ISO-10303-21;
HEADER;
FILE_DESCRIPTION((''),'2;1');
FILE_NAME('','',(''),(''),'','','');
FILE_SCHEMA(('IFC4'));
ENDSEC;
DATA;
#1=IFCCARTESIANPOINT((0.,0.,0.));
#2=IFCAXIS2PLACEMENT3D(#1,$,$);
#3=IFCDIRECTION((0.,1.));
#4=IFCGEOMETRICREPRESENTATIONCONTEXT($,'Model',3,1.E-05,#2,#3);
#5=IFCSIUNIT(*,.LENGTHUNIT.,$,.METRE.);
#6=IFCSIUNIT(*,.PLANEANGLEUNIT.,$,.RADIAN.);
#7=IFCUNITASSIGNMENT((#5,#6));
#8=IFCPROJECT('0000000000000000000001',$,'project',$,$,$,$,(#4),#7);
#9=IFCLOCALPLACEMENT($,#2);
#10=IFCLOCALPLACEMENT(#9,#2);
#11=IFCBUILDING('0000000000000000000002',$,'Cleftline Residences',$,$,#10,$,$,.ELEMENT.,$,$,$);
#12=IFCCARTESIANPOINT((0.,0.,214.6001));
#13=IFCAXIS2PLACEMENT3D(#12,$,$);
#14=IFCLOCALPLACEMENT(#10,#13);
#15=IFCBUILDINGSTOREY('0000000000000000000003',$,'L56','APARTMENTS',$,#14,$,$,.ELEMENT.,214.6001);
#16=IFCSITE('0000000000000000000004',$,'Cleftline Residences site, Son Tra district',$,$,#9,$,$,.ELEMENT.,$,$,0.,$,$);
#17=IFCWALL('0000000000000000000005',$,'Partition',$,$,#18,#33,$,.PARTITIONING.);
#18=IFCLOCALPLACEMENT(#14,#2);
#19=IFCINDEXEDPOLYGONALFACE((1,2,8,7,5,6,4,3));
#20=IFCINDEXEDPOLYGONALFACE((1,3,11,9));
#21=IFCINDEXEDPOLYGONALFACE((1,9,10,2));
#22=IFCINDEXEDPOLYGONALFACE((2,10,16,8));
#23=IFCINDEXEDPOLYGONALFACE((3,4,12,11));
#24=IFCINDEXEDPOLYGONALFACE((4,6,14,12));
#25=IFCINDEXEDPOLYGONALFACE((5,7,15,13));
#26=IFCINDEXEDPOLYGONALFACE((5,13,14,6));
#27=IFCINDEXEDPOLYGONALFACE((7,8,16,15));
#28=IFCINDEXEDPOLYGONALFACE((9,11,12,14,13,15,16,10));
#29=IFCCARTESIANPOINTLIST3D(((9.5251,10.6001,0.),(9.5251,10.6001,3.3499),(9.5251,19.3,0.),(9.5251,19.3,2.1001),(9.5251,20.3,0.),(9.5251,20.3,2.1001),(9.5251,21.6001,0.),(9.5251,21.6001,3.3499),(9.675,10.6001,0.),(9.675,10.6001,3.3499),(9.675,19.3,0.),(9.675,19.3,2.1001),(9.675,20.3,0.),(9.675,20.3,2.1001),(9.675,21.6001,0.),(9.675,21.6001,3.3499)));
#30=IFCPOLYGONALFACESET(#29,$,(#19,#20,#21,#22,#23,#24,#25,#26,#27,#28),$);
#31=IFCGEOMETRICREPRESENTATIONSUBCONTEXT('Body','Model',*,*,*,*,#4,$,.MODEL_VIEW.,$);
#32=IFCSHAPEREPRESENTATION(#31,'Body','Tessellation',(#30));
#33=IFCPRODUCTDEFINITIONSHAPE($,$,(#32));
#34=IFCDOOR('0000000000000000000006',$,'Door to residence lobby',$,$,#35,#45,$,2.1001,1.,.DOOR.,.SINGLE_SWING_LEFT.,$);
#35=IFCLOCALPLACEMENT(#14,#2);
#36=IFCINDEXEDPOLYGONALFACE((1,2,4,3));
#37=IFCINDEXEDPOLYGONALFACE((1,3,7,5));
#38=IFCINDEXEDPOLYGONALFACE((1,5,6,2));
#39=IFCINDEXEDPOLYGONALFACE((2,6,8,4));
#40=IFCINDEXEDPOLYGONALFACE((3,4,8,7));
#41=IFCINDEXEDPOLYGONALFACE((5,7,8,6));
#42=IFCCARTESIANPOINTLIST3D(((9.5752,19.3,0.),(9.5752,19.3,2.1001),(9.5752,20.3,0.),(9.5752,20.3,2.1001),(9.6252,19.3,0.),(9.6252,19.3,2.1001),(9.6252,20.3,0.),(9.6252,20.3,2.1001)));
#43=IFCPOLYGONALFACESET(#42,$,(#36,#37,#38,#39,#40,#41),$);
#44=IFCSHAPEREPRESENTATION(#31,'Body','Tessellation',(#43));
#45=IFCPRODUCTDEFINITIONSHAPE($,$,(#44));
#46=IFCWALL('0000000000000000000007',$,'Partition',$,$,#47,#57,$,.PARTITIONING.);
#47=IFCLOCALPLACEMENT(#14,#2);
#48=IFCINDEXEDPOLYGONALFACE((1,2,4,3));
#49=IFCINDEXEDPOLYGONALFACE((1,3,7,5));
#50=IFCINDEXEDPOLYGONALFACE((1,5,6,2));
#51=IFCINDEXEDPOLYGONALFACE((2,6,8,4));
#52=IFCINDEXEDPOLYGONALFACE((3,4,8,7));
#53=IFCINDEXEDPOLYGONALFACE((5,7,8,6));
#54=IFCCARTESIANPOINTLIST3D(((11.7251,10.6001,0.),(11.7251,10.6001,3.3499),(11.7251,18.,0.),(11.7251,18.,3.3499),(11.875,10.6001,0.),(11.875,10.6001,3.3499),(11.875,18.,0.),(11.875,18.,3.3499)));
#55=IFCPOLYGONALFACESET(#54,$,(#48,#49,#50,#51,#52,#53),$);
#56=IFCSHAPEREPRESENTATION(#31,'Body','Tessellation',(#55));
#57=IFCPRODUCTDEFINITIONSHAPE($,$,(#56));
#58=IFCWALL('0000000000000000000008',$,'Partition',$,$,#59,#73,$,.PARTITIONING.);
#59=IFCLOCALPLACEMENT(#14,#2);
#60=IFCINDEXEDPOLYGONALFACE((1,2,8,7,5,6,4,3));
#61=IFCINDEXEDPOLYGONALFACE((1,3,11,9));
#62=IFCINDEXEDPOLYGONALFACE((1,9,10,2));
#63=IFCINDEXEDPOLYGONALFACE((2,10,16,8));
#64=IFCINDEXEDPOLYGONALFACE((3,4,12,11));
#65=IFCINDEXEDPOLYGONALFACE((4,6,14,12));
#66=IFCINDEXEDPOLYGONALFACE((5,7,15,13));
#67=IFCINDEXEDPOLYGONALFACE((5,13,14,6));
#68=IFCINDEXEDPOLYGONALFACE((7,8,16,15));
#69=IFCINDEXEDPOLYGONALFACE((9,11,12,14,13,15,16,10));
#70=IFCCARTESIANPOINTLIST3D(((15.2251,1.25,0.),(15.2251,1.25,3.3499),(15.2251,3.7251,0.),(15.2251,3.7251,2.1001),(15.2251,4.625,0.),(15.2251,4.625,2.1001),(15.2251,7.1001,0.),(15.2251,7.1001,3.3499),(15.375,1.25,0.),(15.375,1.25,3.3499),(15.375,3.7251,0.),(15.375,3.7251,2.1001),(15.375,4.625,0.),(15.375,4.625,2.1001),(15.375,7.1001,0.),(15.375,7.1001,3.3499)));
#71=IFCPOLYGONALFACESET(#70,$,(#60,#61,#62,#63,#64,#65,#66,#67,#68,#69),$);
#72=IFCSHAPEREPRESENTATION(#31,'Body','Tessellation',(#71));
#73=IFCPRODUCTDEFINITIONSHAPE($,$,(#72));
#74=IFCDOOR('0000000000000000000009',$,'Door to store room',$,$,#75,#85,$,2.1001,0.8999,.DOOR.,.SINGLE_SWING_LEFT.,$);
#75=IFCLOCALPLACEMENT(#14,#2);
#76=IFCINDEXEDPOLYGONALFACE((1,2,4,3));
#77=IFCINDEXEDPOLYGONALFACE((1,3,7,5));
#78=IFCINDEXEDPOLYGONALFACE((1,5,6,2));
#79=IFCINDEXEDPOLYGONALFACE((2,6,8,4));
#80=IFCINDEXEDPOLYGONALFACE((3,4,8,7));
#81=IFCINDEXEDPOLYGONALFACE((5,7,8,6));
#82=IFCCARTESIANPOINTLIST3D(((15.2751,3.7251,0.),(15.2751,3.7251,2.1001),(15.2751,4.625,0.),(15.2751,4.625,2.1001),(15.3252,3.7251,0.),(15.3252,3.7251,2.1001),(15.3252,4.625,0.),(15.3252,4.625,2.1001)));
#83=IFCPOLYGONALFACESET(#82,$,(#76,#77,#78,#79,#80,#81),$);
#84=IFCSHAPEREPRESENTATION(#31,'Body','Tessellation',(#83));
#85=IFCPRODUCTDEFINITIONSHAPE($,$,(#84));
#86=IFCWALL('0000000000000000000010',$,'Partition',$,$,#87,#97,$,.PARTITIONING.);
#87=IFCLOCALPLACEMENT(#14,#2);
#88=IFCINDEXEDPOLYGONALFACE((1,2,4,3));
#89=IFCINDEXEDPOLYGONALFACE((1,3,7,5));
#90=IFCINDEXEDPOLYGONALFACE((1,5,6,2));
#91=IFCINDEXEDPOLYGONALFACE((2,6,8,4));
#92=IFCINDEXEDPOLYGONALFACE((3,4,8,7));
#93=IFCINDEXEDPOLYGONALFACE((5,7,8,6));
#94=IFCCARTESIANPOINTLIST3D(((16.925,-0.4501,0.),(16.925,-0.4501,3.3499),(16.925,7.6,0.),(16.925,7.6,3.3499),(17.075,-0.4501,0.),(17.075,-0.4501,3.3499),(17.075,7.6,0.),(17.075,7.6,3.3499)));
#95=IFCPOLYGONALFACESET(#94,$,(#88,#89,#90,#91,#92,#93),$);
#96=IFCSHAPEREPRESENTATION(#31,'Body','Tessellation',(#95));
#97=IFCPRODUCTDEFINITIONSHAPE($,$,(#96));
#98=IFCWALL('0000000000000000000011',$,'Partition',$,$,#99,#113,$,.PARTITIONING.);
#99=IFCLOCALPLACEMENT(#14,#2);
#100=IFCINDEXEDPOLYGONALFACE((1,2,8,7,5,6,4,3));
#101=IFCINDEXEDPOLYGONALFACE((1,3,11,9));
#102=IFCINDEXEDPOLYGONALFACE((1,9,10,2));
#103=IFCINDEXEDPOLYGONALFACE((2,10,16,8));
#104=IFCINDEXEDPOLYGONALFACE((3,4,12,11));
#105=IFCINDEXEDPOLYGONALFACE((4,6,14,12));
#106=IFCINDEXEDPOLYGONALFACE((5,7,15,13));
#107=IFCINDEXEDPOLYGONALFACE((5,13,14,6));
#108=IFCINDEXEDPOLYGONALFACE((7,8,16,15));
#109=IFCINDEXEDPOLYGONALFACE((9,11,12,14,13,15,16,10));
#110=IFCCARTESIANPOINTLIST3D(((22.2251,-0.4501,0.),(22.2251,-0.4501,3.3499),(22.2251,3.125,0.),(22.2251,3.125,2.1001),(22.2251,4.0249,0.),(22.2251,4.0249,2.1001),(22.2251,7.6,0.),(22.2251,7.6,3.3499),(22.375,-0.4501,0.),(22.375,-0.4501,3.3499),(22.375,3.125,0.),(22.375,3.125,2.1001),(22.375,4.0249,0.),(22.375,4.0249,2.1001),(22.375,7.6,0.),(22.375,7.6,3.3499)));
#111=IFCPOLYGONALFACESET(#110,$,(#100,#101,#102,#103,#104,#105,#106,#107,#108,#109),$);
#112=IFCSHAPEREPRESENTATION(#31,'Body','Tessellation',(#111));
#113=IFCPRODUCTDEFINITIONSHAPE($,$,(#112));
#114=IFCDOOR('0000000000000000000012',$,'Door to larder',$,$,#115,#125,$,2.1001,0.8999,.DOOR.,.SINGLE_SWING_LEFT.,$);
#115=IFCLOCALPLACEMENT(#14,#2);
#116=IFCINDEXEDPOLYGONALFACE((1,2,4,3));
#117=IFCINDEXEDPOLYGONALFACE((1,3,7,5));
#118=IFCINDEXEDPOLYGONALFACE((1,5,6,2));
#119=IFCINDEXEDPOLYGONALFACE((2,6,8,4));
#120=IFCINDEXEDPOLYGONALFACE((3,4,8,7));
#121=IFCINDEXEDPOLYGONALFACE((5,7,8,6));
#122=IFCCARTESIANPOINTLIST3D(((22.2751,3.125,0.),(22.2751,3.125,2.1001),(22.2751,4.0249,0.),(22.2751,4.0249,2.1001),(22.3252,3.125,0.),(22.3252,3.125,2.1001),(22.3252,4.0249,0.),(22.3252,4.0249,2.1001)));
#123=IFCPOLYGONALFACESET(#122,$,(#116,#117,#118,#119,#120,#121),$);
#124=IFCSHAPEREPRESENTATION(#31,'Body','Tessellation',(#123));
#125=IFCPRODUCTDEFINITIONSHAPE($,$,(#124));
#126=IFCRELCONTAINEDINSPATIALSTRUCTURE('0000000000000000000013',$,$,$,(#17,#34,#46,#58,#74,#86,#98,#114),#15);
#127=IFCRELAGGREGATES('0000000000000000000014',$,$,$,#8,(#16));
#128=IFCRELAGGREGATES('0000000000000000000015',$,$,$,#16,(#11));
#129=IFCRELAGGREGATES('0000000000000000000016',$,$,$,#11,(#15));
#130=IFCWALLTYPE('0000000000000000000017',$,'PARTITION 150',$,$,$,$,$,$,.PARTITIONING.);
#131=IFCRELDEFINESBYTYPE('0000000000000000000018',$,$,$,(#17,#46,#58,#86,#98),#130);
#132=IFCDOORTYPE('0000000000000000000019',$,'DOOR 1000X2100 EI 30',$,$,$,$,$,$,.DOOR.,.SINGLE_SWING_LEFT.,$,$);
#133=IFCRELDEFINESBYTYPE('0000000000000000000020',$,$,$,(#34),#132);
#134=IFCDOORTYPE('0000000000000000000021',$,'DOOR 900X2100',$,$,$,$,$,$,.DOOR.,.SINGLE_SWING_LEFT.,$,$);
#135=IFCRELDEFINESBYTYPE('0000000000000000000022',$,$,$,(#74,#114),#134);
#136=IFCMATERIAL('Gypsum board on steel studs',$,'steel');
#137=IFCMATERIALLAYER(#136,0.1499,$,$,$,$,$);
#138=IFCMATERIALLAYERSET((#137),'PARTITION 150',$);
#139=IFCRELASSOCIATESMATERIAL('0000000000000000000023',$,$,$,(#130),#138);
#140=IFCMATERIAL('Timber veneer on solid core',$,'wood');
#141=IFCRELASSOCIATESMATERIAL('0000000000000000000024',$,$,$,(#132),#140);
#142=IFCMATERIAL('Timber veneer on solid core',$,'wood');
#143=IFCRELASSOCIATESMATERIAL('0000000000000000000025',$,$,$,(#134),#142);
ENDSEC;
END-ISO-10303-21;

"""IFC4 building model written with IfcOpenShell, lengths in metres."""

from ifc_helpers import new_model, si_unit, direction, frame, frame_2d, origin, place, context, subcontext, project, spatial, rectangle, extrude, material, layer, layer_set, type_object, element, fill, save


model = new_model("IFC4")

# Units and contexts
model_context = context("Model", 3, precision=1e-05, world=origin(), true_north=direction((0.0, 1.0)))
body_context = subcontext(model_context, "Body", "Model", "MODEL_VIEW")
ifc_project = project(units=[si_unit("LENGTHUNIT", "METRE"), si_unit("PLANEANGLEUNIT", "RADIAN")], contexts=[model_context])

# Site, building, storey
site_placement = place(None, origin())
site = spatial("IfcSite", under=ifc_project, at=site_placement, Name="Cleftline Residences site, Son Tra district", CompositionType="ELEMENT", RefElevation=0.0)
building_placement = place(site_placement, origin())
building = spatial("IfcBuilding", under=site, at=building_placement, Name="Cleftline Residences", CompositionType="ELEMENT")
storey_placement = place(building_placement, frame((0.0, 0.0, 214.6001)))
storey = spatial("IfcBuildingStorey", under=building, at=storey_placement, Name="L56", Description="APARTMENTS", CompositionType="ELEMENT", Elevation=214.6001)

# Wall, opening, door
ifc_material_1 = material(Name="Gypsum board on steel studs", Category="steel")
ifc_layer_1 = layer(ifc_material_1, 0.1499)
ifc_layer_set_1 = layer_set([ifc_layer_1], Name="PARTITION 150")
wall_type = type_object("IfcWallType", Name="PARTITION 150", PredefinedType="PARTITIONING", material=ifc_layer_set_1)
wall_1_placement = place(storey_placement, frame((9.6001, 10.6001, 0.0), z_axis=(0.0, 0.0, 1.0), x_axis=(0.0, 1.0, 0.0)))
wall_1 = element("IfcWall", 1, at=wall_1_placement, inside=storey, type_object=wall_type, Name="Partition", PredefinedType="PARTITIONING", context=body_context, shape_type="SweptSolid", body=[
    extrude(rectangle(XDim=11.0, YDim=0.1499, at=frame_2d((5.5, 0.0))), origin(), (0.0, 0.0, 1.0), 3.3499),
])
opening_1_placement = place(wall_1_placement, frame((8.7, 0.0, 0.0)))
opening_1 = element("IfcOpeningElement", 2, at=opening_1_placement, cuts=wall_1, PredefinedType="OPENING", context=body_context, shape_type="SweptSolid", body=[
    extrude(rectangle(XDim=1.0, YDim=2.1001, at=frame_2d((0.5, 1.05))), frame((0.0, 0.085, 0.0), z_axis=(0.0, -1.0, 0.0), x_axis=(1.0, 0.0, 0.0)), (0.0, 0.0, 1.0), 0.1699),
])
ifc_material_2 = material(Name="Timber veneer on solid core", Category="wood")
door_type_1 = type_object("IfcDoorType", Name="DOOR 1000X2100 EI 30", OperationType="SINGLE_SWING_LEFT", PredefinedType="DOOR", material=ifc_material_2)
door_1_placement = place(opening_1_placement, origin())
door_1 = element("IfcDoor", 3, at=door_1_placement, inside=storey, type_object=door_type_1, Name="Door to residence lobby", OperationType="SINGLE_SWING_LEFT", OverallHeight=2.1001, OverallWidth=1.0, PredefinedType="DOOR", context=body_context, shape_type="SweptSolid", body=[
    extrude(rectangle(XDim=1.0, YDim=2.1001, at=frame_2d((0.5, 1.05))), frame((0.0, 0.0249, 0.0), z_axis=(0.0, -1.0, 0.0), x_axis=(1.0, 0.0, 0.0)), (0.0, 0.0, 1.0), 0.05),
])
fill(opening_1, door_1)

# Wall
wall_2_placement = place(storey_placement, frame((11.8, 10.6001, 0.0), z_axis=(0.0, 0.0, 1.0), x_axis=(0.0, 1.0, 0.0)))
element("IfcWall", 4, at=wall_2_placement, inside=storey, type_object=wall_type, Name="Partition", PredefinedType="PARTITIONING", context=body_context, shape_type="SweptSolid", body=[
    extrude(rectangle(XDim=7.3999, YDim=0.1499, at=frame_2d((3.7, 0.0))), origin(), (0.0, 0.0, 1.0), 3.3499),
])

# Wall, opening, door
wall_3_placement = place(storey_placement, frame((15.3, 1.25, 0.0), z_axis=(0.0, 0.0, 1.0), x_axis=(0.0, 1.0, 0.0)))
wall_3 = element("IfcWall", 5, at=wall_3_placement, inside=storey, type_object=wall_type, Name="Partition", PredefinedType="PARTITIONING", context=body_context, shape_type="SweptSolid", body=[
    extrude(rectangle(XDim=5.8501, YDim=0.1499, at=frame_2d((2.925, 0.0))), origin(), (0.0, 0.0, 1.0), 3.3499),
])
opening_2_placement = place(wall_3_placement, frame((2.4751, 0.0, 0.0)))
opening_2 = element("IfcOpeningElement", 6, at=opening_2_placement, cuts=wall_3, PredefinedType="OPENING", context=body_context, shape_type="SweptSolid", body=[
    extrude(rectangle(XDim=0.8999, YDim=2.1001, at=frame_2d((0.45, 1.05))), frame((0.0, 0.085, 0.0), z_axis=(0.0, -1.0, 0.0), x_axis=(1.0, 0.0, 0.0)), (0.0, 0.0, 1.0), 0.1699),
])
ifc_material_3 = material(Name="Timber veneer on solid core", Category="wood")
door_type_2 = type_object("IfcDoorType", Name="DOOR 900X2100", OperationType="SINGLE_SWING_LEFT", PredefinedType="DOOR", material=ifc_material_3)
door_2_placement = place(opening_2_placement, origin())
door_2 = element("IfcDoor", 7, at=door_2_placement, inside=storey, type_object=door_type_2, Name="Door to store room", OperationType="SINGLE_SWING_LEFT", OverallHeight=2.1001, OverallWidth=0.8999, PredefinedType="DOOR", context=body_context, shape_type="SweptSolid", body=[
    extrude(rectangle(XDim=0.8999, YDim=2.1001, at=frame_2d((0.45, 1.05))), frame((0.0, 0.0249, 0.0), z_axis=(0.0, -1.0, 0.0), x_axis=(1.0, 0.0, 0.0)), (0.0, 0.0, 1.0), 0.05),
])
fill(opening_2, door_2)

# Wall
wall_4_placement = place(storey_placement, frame((17.0, -0.45, 0.0), z_axis=(0.0, 0.0, 1.0), x_axis=(0.0, 1.0, 0.0)))
element("IfcWall", 8, at=wall_4_placement, inside=storey, type_object=wall_type, Name="Partition", PredefinedType="PARTITIONING", context=body_context, shape_type="SweptSolid", body=[
    extrude(rectangle(XDim=8.05, YDim=0.1499, at=frame_2d((4.0249, 0.0))), origin(), (0.0, 0.0, 1.0), 3.3499),
])

# Wall, opening, door
wall_5_placement = place(storey_placement, frame((22.3, -0.45, 0.0), z_axis=(0.0, 0.0, 1.0), x_axis=(0.0, 1.0, 0.0)))
wall_5 = element("IfcWall", 9, at=wall_5_placement, inside=storey, type_object=wall_type, Name="Partition", PredefinedType="PARTITIONING", context=body_context, shape_type="SweptSolid", body=[
    extrude(rectangle(XDim=8.05, YDim=0.1499, at=frame_2d((4.0249, 0.0))), origin(), (0.0, 0.0, 1.0), 3.3499),
])
opening_3_placement = place(wall_5_placement, frame((3.575, 0.0, 0.0)))
opening_3 = element("IfcOpeningElement", 10, at=opening_3_placement, cuts=wall_5, PredefinedType="OPENING", context=body_context, shape_type="SweptSolid", body=[
    extrude(rectangle(XDim=0.8999, YDim=2.1001, at=frame_2d((0.45, 1.05))), frame((0.0, 0.085, 0.0), z_axis=(0.0, -1.0, 0.0), x_axis=(1.0, 0.0, 0.0)), (0.0, 0.0, 1.0), 0.1699),
])
door_3_placement = place(opening_3_placement, origin())
door_3 = element("IfcDoor", 11, at=door_3_placement, inside=storey, type_object=door_type_2, Name="Door to larder", OperationType="SINGLE_SWING_LEFT", OverallHeight=2.1001, OverallWidth=0.8999, PredefinedType="DOOR", context=body_context, shape_type="SweptSolid", body=[
    extrude(rectangle(XDim=0.8999, YDim=2.1001, at=frame_2d((0.45, 1.05))), frame((0.0, 0.0249, 0.0), z_axis=(0.0, -1.0, 0.0), x_axis=(1.0, 0.0, 0.0)), (0.0, 0.0, 1.0), 0.05),
])
fill(opening_3, door_3)

save(model, "model.ifc")
